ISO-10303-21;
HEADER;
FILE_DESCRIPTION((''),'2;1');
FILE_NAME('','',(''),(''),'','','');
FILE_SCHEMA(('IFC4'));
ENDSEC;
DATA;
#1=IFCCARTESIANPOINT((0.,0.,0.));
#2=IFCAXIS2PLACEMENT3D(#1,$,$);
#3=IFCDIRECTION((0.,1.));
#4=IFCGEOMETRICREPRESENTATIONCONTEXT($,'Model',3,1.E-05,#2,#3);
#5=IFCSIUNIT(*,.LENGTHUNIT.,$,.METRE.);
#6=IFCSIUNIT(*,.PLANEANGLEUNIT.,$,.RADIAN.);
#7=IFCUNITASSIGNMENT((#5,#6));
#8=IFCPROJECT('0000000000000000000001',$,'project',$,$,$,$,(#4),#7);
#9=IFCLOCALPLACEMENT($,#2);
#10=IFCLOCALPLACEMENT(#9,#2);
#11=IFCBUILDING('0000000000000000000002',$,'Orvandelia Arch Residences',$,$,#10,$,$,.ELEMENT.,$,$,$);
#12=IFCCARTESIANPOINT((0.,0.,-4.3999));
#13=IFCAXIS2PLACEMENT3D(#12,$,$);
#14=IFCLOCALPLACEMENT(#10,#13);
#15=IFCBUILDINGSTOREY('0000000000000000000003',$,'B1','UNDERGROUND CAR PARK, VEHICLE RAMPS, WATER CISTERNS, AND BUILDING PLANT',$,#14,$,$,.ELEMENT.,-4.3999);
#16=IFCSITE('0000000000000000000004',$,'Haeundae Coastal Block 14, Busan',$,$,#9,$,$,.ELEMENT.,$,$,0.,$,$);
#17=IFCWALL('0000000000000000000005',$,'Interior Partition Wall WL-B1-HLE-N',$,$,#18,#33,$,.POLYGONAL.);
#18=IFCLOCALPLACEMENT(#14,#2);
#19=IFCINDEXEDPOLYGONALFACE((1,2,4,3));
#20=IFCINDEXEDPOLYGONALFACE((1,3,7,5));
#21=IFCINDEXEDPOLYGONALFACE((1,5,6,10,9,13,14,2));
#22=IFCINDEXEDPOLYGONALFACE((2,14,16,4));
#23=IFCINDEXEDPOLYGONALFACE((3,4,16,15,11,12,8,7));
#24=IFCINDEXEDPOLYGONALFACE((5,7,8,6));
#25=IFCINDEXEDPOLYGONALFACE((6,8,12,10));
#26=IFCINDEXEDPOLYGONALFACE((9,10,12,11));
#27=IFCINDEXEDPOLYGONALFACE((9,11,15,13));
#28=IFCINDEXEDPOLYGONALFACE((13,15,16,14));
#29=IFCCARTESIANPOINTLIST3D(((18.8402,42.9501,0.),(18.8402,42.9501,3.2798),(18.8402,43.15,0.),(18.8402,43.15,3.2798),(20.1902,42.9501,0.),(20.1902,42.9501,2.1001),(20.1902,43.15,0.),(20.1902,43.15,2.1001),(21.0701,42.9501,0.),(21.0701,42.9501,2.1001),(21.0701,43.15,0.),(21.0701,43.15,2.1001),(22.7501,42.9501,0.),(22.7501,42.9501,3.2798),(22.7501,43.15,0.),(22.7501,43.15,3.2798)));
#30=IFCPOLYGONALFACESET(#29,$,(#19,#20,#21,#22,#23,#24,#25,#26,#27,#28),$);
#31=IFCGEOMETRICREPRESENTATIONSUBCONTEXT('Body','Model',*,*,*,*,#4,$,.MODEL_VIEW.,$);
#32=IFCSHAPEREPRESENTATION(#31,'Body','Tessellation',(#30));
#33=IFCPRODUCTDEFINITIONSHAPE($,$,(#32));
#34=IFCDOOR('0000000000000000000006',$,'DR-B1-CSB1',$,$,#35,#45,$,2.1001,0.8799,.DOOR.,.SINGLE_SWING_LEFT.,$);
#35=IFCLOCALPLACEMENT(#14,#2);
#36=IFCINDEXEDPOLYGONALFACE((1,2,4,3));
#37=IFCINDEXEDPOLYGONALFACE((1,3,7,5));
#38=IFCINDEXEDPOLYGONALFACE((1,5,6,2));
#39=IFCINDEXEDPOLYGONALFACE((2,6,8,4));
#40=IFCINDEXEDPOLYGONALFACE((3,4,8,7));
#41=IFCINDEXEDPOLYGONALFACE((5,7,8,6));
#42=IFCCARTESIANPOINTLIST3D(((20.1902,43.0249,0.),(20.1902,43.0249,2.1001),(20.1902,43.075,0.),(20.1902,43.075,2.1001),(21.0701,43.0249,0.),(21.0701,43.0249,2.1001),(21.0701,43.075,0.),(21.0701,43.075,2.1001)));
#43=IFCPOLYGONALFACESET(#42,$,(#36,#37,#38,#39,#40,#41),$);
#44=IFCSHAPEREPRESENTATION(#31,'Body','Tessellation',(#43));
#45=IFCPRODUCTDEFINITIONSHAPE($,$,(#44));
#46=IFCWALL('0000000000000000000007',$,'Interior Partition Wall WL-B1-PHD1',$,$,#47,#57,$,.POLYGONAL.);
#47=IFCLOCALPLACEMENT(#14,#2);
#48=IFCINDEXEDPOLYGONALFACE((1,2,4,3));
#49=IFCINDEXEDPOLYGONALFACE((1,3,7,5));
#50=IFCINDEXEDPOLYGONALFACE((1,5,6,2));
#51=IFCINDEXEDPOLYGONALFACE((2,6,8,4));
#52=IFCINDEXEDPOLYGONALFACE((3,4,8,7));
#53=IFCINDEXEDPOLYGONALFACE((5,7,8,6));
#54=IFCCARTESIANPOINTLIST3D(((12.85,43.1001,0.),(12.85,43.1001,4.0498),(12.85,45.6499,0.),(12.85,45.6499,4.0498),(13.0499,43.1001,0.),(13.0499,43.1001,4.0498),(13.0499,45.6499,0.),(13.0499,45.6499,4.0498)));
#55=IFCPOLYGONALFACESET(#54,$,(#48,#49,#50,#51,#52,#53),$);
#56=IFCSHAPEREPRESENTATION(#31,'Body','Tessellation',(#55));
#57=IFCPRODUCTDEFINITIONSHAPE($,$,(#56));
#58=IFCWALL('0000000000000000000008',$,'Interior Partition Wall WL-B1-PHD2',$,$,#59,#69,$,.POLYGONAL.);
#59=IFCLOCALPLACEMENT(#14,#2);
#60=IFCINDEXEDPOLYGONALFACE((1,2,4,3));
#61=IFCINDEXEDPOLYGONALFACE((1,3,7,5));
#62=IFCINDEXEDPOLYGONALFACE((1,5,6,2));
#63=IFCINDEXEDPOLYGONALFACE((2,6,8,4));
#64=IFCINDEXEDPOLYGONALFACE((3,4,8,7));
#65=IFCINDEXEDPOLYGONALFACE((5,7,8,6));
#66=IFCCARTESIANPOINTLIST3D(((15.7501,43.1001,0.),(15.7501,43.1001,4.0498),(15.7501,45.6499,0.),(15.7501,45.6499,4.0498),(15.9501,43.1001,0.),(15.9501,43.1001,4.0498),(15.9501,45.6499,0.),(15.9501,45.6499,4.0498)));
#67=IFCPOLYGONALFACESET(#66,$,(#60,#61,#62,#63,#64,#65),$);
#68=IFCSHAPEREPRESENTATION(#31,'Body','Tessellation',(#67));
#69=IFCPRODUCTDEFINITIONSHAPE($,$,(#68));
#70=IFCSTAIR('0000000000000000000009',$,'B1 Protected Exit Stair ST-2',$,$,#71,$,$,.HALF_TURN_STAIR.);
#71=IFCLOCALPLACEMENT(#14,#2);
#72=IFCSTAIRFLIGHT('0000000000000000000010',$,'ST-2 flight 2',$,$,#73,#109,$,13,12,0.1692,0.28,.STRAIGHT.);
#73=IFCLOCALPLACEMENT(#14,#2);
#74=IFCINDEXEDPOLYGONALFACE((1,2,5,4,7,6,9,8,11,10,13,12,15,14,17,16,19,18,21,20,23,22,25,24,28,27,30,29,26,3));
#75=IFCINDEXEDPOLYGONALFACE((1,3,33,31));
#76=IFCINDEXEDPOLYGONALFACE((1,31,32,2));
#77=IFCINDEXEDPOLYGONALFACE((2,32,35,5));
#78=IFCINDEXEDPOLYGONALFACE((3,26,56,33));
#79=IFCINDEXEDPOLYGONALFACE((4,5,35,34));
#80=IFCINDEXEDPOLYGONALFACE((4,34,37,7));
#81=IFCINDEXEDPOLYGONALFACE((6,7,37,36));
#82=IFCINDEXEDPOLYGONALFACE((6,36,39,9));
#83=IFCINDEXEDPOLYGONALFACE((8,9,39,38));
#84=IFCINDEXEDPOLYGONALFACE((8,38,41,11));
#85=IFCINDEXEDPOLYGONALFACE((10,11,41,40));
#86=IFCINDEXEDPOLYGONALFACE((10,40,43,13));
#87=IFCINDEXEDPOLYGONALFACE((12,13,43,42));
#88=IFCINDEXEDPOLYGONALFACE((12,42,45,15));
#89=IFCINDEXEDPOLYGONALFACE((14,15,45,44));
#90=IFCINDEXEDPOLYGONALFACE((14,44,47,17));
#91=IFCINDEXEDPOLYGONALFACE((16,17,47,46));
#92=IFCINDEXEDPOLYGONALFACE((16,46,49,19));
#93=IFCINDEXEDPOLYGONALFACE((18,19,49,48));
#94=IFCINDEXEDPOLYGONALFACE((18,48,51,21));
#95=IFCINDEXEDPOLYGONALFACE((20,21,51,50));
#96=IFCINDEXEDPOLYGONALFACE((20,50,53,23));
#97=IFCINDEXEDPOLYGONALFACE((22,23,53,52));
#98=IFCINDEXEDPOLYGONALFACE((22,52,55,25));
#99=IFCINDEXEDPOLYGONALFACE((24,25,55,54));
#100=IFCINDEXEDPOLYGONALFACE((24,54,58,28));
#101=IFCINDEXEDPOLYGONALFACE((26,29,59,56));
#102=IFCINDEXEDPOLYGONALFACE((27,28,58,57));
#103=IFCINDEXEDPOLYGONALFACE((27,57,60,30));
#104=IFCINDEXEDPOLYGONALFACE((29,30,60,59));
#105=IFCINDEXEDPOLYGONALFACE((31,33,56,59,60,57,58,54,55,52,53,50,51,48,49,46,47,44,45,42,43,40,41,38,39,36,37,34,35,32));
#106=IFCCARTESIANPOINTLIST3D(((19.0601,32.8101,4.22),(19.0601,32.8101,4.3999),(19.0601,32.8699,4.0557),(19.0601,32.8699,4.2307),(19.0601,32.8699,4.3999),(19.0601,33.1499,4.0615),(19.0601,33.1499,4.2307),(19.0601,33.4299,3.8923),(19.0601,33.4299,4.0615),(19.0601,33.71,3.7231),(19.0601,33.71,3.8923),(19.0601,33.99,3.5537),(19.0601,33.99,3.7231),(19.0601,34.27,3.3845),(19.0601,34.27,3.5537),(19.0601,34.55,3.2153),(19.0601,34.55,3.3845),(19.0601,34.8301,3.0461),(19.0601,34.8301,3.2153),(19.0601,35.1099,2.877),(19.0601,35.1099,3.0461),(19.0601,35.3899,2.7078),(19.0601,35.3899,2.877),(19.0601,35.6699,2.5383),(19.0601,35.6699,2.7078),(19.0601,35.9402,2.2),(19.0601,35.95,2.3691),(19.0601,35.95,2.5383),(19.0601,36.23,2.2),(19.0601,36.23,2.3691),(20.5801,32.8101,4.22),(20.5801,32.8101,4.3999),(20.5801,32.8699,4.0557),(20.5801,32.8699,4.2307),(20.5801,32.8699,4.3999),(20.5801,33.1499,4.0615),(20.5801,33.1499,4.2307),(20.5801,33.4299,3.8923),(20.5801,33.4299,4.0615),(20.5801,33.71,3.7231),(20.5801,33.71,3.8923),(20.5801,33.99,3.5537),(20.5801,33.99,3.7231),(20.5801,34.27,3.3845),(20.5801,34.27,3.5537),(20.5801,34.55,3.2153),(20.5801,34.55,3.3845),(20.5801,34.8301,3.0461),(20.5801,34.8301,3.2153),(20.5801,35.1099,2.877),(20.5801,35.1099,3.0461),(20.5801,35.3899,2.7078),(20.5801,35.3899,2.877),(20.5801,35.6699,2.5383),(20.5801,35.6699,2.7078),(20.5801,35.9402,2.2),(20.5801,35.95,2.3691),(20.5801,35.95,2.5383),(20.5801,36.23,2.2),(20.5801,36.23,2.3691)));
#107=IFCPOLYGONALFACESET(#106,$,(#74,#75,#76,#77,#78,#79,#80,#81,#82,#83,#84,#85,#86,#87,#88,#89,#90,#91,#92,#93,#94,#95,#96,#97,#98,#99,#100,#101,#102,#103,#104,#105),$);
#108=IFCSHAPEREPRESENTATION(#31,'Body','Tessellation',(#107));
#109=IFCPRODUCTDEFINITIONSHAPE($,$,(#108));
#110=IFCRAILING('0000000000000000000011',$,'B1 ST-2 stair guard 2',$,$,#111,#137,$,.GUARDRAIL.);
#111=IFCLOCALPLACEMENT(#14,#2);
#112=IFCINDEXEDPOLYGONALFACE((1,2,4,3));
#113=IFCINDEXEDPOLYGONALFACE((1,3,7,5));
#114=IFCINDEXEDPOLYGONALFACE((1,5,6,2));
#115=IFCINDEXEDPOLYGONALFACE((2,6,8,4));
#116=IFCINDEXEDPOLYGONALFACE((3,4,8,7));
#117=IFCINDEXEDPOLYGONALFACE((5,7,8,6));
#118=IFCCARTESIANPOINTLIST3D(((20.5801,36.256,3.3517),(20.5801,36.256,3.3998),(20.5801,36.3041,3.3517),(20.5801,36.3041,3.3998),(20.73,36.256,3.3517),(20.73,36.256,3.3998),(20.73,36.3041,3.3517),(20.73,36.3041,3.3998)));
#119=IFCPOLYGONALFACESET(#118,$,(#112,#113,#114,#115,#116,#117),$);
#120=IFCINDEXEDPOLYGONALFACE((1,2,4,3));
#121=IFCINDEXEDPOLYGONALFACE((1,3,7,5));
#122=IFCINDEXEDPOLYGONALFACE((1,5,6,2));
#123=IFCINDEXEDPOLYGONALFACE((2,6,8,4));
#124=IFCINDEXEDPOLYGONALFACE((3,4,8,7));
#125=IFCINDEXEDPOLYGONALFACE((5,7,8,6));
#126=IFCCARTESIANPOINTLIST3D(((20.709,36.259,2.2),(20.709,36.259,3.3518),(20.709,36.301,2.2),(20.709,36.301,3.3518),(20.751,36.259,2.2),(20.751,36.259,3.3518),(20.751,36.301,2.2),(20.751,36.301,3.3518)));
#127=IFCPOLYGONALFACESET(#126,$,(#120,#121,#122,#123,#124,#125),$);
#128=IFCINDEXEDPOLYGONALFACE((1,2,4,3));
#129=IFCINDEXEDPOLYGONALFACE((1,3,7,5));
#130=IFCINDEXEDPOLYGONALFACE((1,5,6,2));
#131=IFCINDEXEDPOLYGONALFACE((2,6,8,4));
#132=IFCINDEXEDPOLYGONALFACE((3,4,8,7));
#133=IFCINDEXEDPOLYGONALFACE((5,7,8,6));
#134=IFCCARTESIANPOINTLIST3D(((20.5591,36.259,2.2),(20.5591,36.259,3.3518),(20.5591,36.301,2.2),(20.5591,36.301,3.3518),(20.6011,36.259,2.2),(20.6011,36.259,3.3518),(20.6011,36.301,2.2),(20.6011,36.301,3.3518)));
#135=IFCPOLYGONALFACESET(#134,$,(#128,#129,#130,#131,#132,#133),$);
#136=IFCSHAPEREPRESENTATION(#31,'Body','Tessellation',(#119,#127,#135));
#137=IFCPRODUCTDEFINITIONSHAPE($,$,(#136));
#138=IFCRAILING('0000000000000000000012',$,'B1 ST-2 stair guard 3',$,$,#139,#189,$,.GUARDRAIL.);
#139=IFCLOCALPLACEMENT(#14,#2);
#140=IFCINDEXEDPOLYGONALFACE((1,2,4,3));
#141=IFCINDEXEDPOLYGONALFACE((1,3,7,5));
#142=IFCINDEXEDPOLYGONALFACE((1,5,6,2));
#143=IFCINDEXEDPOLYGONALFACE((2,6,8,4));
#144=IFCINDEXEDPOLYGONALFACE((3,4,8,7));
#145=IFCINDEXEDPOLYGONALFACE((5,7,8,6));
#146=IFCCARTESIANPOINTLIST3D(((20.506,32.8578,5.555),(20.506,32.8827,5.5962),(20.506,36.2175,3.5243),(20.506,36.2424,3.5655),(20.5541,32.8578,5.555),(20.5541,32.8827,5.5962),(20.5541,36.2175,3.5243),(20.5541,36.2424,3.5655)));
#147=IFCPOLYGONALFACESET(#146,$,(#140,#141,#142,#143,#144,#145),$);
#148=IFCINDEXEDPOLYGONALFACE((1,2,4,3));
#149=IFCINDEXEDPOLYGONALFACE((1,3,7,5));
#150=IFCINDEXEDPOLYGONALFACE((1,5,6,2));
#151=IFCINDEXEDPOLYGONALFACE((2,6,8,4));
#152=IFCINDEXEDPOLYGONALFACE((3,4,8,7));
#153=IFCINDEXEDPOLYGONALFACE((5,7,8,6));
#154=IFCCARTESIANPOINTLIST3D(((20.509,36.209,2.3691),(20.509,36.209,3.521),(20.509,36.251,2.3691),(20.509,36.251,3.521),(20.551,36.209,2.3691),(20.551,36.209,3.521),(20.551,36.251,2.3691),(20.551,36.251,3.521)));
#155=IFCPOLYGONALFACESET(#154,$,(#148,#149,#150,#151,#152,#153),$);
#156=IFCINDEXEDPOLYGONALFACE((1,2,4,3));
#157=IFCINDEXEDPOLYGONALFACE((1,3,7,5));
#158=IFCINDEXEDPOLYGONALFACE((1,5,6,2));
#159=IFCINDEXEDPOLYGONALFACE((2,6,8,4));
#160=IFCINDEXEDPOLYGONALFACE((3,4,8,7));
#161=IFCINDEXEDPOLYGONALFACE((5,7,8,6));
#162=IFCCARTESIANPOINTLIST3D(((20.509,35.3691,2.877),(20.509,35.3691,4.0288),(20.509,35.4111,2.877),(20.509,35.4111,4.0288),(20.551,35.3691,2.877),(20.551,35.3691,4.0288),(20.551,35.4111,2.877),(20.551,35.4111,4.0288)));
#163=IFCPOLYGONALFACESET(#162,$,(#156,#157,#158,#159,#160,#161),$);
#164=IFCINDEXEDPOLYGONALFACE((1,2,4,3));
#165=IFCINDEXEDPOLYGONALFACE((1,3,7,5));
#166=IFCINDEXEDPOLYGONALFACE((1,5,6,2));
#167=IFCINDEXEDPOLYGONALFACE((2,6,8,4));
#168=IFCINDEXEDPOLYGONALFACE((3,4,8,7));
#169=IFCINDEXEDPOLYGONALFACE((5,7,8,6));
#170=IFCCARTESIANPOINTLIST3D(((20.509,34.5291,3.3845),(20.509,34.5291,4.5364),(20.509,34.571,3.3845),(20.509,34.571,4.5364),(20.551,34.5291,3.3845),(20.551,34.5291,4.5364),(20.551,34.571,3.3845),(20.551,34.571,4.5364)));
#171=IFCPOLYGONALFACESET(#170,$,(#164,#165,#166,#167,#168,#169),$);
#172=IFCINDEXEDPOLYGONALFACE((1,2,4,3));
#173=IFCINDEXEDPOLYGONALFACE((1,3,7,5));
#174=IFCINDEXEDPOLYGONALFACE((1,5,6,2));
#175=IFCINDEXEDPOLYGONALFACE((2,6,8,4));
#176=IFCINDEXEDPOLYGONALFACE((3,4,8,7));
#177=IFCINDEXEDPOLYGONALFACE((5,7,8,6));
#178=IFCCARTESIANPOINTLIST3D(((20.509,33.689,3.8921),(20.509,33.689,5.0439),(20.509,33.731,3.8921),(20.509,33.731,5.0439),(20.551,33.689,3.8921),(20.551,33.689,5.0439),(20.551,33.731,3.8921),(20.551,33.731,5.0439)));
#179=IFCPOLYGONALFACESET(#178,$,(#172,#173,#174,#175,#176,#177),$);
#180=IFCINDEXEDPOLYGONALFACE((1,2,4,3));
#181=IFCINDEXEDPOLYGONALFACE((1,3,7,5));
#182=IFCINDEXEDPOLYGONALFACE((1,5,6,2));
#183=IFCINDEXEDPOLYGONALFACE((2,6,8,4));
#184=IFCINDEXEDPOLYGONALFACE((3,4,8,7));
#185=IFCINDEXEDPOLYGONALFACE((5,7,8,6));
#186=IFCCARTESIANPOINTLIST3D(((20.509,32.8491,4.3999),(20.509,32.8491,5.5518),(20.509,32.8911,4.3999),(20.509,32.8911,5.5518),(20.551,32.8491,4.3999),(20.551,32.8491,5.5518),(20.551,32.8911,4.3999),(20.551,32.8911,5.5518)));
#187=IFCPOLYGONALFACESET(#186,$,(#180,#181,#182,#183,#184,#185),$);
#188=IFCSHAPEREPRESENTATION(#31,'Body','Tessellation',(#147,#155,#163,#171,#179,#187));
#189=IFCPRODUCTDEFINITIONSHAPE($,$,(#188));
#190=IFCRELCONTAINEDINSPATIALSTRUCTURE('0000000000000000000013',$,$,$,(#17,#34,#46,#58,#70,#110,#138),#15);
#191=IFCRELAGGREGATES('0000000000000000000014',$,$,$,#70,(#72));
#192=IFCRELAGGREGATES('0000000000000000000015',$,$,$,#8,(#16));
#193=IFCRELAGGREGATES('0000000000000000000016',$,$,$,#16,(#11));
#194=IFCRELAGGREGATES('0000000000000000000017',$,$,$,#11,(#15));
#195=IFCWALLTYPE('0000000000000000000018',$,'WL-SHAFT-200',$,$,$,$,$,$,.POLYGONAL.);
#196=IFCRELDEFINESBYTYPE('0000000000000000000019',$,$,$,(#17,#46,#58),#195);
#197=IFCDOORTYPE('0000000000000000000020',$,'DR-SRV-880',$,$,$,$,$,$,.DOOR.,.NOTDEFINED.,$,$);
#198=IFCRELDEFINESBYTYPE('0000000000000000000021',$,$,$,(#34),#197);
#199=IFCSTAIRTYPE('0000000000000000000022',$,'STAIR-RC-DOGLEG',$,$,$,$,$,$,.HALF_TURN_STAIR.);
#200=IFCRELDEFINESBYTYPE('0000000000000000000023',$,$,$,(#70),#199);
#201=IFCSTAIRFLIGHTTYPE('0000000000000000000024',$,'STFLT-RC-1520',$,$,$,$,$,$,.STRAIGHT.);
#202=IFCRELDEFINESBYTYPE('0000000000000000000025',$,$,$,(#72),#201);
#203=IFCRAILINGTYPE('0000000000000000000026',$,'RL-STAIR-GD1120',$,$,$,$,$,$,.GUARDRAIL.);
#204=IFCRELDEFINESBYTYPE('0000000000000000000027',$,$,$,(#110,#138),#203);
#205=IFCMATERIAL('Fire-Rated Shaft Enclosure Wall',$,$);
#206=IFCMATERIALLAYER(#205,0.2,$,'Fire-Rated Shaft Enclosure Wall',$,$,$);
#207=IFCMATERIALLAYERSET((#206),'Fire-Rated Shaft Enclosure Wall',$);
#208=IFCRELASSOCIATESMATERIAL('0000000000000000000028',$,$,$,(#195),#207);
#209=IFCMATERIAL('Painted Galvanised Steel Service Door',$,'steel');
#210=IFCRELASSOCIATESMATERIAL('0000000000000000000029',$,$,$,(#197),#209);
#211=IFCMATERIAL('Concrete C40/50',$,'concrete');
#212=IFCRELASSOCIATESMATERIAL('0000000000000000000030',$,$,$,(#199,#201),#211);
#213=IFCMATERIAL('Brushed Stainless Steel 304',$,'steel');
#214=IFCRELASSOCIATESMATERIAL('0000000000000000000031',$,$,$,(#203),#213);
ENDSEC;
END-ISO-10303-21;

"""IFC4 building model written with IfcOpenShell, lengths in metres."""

from ifc_helpers import new_model, si_unit, direction, frame, frame_2d, origin, origin_2d, place, context, subcontext, project, spatial, polyline, rectangle, outline, extrude, material, layer, layer_set, type_object, element, fill, aggregate, save


model = new_model("IFC4")

# Units and contexts
model_context = context("Model", 3, precision=1e-05, world=origin(), true_north=direction((0.0, 1.0)))
body_context = subcontext(model_context, "Body", "Model", "MODEL_VIEW")
ifc_project = project(units=[si_unit("LENGTHUNIT", "METRE"), si_unit("PLANEANGLEUNIT", "RADIAN")], contexts=[model_context])

# Site, building, storey
site_placement = place(None, origin())
site = spatial("IfcSite", under=ifc_project, at=site_placement, Name="Haeundae Coastal Block 14, Busan", CompositionType="ELEMENT", RefElevation=0.0)
building_placement = place(site_placement, origin())
building = spatial("IfcBuilding", under=site, at=building_placement, Name="Orvandelia Arch Residences", CompositionType="ELEMENT")
storey_placement = place(building_placement, frame((0.0, 0.0, -4.3999)))
storey = spatial("IfcBuildingStorey", under=building, at=storey_placement, Name="B1", Description="UNDERGROUND CAR PARK, VEHICLE RAMPS, WATER CISTERNS, AND BUILDING PLANT", CompositionType="ELEMENT", Elevation=-4.3999)

# Shared definitions
ifc_material_1 = material(Name="Fire-Rated Shaft Enclosure Wall")
ifc_layer_1 = layer(ifc_material_1, 0.2, Name="Fire-Rated Shaft Enclosure Wall")
ifc_layer_set_1 = layer_set([ifc_layer_1], Name="Fire-Rated Shaft Enclosure Wall")
wall_type_1 = type_object("IfcWallType", Name="WL-SHAFT-200", PredefinedType="POLYGONAL", material=ifc_layer_set_1)

# Shared definitions
ifc_material_2 = material(Name="Painted Galvanised Steel Service Door", Category="steel")
door_type_1 = type_object("IfcDoorType", Name="DR-SRV-880", OperationType="NOTDEFINED", PredefinedType="DOOR", material=ifc_material_2)

# Wall, opening, door
wall_1_placement = place(storey_placement, frame((18.8401, 43.05, 0.0), z_axis=(0.0, 0.0, 1.0), x_axis=(1.0, 0.0, 0.0)))
wall_1 = element("IfcWall", 1, at=wall_1_placement, inside=storey, type_object=wall_type_1, Name="Interior Partition Wall WL-B1-HLE-N", PredefinedType="POLYGONAL", context=body_context, shape_type="SweptSolid", body=[
    extrude(rectangle(XDim=3.9099, YDim=0.2, at=frame_2d((1.9551, 0.0))), origin(), (0.0, 0.0, 1.0), 3.2798),
])
opening_1_placement = place(wall_1_placement, frame((1.3501, 0.0, 0.0)))
opening_1 = element("IfcOpeningElement", 2, at=opening_1_placement, cuts=wall_1, PredefinedType="OPENING", context=body_context, shape_type="SweptSolid", body=[
    extrude(rectangle(XDim=0.8799, YDim=2.1001, at=frame_2d((0.4399, 1.05))), frame((0.0, 0.1099, 0.0), z_axis=(0.0, -1.0, 0.0), x_axis=(1.0, 0.0, 0.0)), (0.0, 0.0, 1.0), 0.22),
])
door_1_placement = place(opening_1_placement, origin())
door_1 = element("IfcDoor", 3, at=door_1_placement, inside=storey, type_object=door_type_1, Name="DR-B1-CSB1", OperationType="SINGLE_SWING_LEFT", OverallHeight=2.1001, OverallWidth=0.8799, PredefinedType="DOOR", context=body_context, shape_type="SweptSolid", body=[
    extrude(rectangle(XDim=0.8799, YDim=2.1001, at=frame_2d((0.4399, 1.05))), frame((0.0, 0.0249, 0.0), z_axis=(0.0, -1.0, 0.0), x_axis=(1.0, 0.0, 0.0)), (0.0, 0.0, 1.0), 0.05),
])
fill(opening_1, door_1)

# Walls
for number, where, z_axis, x_axis, name in (
    (4, (12.95, 43.1001, 0.0), (0.0, 0.0, 1.0), (0.0, 1.0, 0.0), "Interior Partition Wall WL-B1-PHD1"),
    (5, (15.8501, 43.1001, 0.0), (0.0, 0.0, 1.0), (0.0, 1.0, 0.0), "Interior Partition Wall WL-B1-PHD2"),
):
    element("IfcWall", number, at=place(storey_placement, frame(where, z_axis=z_axis, x_axis=x_axis)), inside=storey, type_object=wall_type_1, Name=name, PredefinedType="POLYGONAL", context=body_context, shape_type="SweptSolid", body=[
        extrude(rectangle(XDim=2.5498, YDim=0.2, at=frame_2d((1.2749, 0.0))), origin(), (0.0, 0.0, 1.0), 4.0498),
    ])

# Stair, stair flight
ifc_material_3 = material(Name="Concrete C40/50", Category="concrete")
stair_type = type_object("IfcStairType", Name="STAIR-RC-DOGLEG", PredefinedType="HALF_TURN_STAIR", material=ifc_material_3)
stair_placement = place(storey_placement, origin())
stair = element("IfcStair", 6, at=stair_placement, inside=storey, type_object=stair_type, Name="B1 Protected Exit Stair ST-2", PredefinedType="HALF_TURN_STAIR")
stair_flight_type = type_object("IfcStairFlightType", Name="STFLT-RC-1520", PredefinedType="STRAIGHT", material=ifc_material_3)
stair_flight_placement = place(storey_placement, frame((19.8201, 36.23, 2.2), z_axis=(0.0, 0.0, 1.0), x_axis=(0.0, -1.0, 0.0)))
stair_flight = element("IfcStairFlight", 7, at=stair_flight_placement, type_object=stair_flight_type, Name="ST-2 flight 2", NumberOfRisers=13, NumberOfTreads=12, PredefinedType="STRAIGHT", RiserHeight=0.1692, TreadLength=0.28, context=body_context, shape_type="SweptSolid", body=[
    extrude(outline(polyline([(0.0, 0.0), (0.0, 0.1692), (0.28, 0.1692), (0.28, 0.3384), (0.5601, 0.3384), (0.5601, 0.5078), (0.8401, 0.5078), (0.8401, 0.677), (1.1201, 0.677), (1.1201, 0.8462), (1.3999, 0.8462), (1.3999, 1.0154), (1.6799, 1.0154), (1.6799, 1.1846), (1.96, 1.1846), (1.96, 1.3538), (2.24, 1.3538), (2.24, 1.5232), (2.52, 1.5232), (2.52, 1.6924), (2.8, 1.6924), (2.8, 1.8616), (3.0801, 1.8616), (3.0801, 2.0308), (3.3601, 2.0308), (3.3601, 2.2), (3.4199, 2.2), (3.4199, 2.02), (3.3601, 1.8557), (0.2898, 0.0), (0.0, 0.0)])), frame((0.0, 0.76, 0.0), z_axis=(0.0, -1.0, 0.0), x_axis=(1.0, 0.0, 0.0)), (0.0, 0.0, 1.0), 1.52),
])
aggregate(stair, [stair_flight])

# Railings
ifc_material_4 = material(Name="Brushed Stainless Steel 304", Category="steel")
railing_type = type_object("IfcRailingType", Name="RL-STAIR-GD1120", PredefinedType="GUARDRAIL", material=ifc_material_4)
railing_1_placement = place(storey_placement, frame((20.73, 36.28, 2.2)))
element("IfcRailing", 8, at=railing_1_placement, inside=storey, type_object=railing_type, Name="B1 ST-2 stair guard 2", PredefinedType="GUARDRAIL", context=body_context, shape_type="SweptSolid", body=[
    extrude(rectangle(XDim=0.0481, YDim=0.0481, at=origin_2d()), frame((0.0, 0.0, 1.1758), z_axis=(-1.0, 0.0, 0.0), x_axis=(0.0, -1.0, 0.0)), (0.0, 0.0, 1.0), 0.1499),
    extrude(rectangle(XDim=0.042, YDim=0.042, at=origin_2d()), origin(), (0.0, 0.0, 1.0), 1.1519),
    extrude(rectangle(XDim=0.042, YDim=0.042, at=origin_2d()), frame((-0.1499, 0.0, 0.0)), (0.0, 0.0, 1.0), 1.1519),
])
railing_2_placement = place(storey_placement, frame((20.53, 36.23, 2.3691)))
element("IfcRailing", 9, at=railing_2_placement, inside=storey, type_object=railing_type, Name="B1 ST-2 stair guard 3", PredefinedType="GUARDRAIL", context=body_context, shape_type="SweptSolid", body=[
    extrude(rectangle(XDim=0.0481, YDim=0.0481, at=origin_2d()), frame((0.0, 0.0, 1.1758), z_axis=(0.0, -0.85582, 0.517273), x_axis=(1.0, 0.0, 0.0)), (0.0, 0.0, 1.0), 3.9258),
    extrude(rectangle(XDim=0.042, YDim=0.042, at=origin_2d()), origin(), (0.0, 0.0, 1.0), 1.1519),
    extrude(rectangle(XDim=0.042, YDim=0.042, at=origin_2d()), frame((0.0, -0.8398, 0.5078)), (0.0, 0.0, 1.0), 1.1519),
    extrude(rectangle(XDim=0.042, YDim=0.042, at=origin_2d()), frame((0.0, -1.6799, 1.0154)), (0.0, 0.0, 1.0), 1.1519),
    extrude(rectangle(XDim=0.042, YDim=0.042, at=origin_2d()), frame((0.0, -2.52, 1.5229)), (0.0, 0.0, 1.0), 1.1519),
    extrude(rectangle(XDim=0.042, YDim=0.042, at=origin_2d()), frame((0.0, -3.3599, 2.0308)), (0.0, 0.0, 1.0), 1.1519),
])

save(model, "model.ifc")
